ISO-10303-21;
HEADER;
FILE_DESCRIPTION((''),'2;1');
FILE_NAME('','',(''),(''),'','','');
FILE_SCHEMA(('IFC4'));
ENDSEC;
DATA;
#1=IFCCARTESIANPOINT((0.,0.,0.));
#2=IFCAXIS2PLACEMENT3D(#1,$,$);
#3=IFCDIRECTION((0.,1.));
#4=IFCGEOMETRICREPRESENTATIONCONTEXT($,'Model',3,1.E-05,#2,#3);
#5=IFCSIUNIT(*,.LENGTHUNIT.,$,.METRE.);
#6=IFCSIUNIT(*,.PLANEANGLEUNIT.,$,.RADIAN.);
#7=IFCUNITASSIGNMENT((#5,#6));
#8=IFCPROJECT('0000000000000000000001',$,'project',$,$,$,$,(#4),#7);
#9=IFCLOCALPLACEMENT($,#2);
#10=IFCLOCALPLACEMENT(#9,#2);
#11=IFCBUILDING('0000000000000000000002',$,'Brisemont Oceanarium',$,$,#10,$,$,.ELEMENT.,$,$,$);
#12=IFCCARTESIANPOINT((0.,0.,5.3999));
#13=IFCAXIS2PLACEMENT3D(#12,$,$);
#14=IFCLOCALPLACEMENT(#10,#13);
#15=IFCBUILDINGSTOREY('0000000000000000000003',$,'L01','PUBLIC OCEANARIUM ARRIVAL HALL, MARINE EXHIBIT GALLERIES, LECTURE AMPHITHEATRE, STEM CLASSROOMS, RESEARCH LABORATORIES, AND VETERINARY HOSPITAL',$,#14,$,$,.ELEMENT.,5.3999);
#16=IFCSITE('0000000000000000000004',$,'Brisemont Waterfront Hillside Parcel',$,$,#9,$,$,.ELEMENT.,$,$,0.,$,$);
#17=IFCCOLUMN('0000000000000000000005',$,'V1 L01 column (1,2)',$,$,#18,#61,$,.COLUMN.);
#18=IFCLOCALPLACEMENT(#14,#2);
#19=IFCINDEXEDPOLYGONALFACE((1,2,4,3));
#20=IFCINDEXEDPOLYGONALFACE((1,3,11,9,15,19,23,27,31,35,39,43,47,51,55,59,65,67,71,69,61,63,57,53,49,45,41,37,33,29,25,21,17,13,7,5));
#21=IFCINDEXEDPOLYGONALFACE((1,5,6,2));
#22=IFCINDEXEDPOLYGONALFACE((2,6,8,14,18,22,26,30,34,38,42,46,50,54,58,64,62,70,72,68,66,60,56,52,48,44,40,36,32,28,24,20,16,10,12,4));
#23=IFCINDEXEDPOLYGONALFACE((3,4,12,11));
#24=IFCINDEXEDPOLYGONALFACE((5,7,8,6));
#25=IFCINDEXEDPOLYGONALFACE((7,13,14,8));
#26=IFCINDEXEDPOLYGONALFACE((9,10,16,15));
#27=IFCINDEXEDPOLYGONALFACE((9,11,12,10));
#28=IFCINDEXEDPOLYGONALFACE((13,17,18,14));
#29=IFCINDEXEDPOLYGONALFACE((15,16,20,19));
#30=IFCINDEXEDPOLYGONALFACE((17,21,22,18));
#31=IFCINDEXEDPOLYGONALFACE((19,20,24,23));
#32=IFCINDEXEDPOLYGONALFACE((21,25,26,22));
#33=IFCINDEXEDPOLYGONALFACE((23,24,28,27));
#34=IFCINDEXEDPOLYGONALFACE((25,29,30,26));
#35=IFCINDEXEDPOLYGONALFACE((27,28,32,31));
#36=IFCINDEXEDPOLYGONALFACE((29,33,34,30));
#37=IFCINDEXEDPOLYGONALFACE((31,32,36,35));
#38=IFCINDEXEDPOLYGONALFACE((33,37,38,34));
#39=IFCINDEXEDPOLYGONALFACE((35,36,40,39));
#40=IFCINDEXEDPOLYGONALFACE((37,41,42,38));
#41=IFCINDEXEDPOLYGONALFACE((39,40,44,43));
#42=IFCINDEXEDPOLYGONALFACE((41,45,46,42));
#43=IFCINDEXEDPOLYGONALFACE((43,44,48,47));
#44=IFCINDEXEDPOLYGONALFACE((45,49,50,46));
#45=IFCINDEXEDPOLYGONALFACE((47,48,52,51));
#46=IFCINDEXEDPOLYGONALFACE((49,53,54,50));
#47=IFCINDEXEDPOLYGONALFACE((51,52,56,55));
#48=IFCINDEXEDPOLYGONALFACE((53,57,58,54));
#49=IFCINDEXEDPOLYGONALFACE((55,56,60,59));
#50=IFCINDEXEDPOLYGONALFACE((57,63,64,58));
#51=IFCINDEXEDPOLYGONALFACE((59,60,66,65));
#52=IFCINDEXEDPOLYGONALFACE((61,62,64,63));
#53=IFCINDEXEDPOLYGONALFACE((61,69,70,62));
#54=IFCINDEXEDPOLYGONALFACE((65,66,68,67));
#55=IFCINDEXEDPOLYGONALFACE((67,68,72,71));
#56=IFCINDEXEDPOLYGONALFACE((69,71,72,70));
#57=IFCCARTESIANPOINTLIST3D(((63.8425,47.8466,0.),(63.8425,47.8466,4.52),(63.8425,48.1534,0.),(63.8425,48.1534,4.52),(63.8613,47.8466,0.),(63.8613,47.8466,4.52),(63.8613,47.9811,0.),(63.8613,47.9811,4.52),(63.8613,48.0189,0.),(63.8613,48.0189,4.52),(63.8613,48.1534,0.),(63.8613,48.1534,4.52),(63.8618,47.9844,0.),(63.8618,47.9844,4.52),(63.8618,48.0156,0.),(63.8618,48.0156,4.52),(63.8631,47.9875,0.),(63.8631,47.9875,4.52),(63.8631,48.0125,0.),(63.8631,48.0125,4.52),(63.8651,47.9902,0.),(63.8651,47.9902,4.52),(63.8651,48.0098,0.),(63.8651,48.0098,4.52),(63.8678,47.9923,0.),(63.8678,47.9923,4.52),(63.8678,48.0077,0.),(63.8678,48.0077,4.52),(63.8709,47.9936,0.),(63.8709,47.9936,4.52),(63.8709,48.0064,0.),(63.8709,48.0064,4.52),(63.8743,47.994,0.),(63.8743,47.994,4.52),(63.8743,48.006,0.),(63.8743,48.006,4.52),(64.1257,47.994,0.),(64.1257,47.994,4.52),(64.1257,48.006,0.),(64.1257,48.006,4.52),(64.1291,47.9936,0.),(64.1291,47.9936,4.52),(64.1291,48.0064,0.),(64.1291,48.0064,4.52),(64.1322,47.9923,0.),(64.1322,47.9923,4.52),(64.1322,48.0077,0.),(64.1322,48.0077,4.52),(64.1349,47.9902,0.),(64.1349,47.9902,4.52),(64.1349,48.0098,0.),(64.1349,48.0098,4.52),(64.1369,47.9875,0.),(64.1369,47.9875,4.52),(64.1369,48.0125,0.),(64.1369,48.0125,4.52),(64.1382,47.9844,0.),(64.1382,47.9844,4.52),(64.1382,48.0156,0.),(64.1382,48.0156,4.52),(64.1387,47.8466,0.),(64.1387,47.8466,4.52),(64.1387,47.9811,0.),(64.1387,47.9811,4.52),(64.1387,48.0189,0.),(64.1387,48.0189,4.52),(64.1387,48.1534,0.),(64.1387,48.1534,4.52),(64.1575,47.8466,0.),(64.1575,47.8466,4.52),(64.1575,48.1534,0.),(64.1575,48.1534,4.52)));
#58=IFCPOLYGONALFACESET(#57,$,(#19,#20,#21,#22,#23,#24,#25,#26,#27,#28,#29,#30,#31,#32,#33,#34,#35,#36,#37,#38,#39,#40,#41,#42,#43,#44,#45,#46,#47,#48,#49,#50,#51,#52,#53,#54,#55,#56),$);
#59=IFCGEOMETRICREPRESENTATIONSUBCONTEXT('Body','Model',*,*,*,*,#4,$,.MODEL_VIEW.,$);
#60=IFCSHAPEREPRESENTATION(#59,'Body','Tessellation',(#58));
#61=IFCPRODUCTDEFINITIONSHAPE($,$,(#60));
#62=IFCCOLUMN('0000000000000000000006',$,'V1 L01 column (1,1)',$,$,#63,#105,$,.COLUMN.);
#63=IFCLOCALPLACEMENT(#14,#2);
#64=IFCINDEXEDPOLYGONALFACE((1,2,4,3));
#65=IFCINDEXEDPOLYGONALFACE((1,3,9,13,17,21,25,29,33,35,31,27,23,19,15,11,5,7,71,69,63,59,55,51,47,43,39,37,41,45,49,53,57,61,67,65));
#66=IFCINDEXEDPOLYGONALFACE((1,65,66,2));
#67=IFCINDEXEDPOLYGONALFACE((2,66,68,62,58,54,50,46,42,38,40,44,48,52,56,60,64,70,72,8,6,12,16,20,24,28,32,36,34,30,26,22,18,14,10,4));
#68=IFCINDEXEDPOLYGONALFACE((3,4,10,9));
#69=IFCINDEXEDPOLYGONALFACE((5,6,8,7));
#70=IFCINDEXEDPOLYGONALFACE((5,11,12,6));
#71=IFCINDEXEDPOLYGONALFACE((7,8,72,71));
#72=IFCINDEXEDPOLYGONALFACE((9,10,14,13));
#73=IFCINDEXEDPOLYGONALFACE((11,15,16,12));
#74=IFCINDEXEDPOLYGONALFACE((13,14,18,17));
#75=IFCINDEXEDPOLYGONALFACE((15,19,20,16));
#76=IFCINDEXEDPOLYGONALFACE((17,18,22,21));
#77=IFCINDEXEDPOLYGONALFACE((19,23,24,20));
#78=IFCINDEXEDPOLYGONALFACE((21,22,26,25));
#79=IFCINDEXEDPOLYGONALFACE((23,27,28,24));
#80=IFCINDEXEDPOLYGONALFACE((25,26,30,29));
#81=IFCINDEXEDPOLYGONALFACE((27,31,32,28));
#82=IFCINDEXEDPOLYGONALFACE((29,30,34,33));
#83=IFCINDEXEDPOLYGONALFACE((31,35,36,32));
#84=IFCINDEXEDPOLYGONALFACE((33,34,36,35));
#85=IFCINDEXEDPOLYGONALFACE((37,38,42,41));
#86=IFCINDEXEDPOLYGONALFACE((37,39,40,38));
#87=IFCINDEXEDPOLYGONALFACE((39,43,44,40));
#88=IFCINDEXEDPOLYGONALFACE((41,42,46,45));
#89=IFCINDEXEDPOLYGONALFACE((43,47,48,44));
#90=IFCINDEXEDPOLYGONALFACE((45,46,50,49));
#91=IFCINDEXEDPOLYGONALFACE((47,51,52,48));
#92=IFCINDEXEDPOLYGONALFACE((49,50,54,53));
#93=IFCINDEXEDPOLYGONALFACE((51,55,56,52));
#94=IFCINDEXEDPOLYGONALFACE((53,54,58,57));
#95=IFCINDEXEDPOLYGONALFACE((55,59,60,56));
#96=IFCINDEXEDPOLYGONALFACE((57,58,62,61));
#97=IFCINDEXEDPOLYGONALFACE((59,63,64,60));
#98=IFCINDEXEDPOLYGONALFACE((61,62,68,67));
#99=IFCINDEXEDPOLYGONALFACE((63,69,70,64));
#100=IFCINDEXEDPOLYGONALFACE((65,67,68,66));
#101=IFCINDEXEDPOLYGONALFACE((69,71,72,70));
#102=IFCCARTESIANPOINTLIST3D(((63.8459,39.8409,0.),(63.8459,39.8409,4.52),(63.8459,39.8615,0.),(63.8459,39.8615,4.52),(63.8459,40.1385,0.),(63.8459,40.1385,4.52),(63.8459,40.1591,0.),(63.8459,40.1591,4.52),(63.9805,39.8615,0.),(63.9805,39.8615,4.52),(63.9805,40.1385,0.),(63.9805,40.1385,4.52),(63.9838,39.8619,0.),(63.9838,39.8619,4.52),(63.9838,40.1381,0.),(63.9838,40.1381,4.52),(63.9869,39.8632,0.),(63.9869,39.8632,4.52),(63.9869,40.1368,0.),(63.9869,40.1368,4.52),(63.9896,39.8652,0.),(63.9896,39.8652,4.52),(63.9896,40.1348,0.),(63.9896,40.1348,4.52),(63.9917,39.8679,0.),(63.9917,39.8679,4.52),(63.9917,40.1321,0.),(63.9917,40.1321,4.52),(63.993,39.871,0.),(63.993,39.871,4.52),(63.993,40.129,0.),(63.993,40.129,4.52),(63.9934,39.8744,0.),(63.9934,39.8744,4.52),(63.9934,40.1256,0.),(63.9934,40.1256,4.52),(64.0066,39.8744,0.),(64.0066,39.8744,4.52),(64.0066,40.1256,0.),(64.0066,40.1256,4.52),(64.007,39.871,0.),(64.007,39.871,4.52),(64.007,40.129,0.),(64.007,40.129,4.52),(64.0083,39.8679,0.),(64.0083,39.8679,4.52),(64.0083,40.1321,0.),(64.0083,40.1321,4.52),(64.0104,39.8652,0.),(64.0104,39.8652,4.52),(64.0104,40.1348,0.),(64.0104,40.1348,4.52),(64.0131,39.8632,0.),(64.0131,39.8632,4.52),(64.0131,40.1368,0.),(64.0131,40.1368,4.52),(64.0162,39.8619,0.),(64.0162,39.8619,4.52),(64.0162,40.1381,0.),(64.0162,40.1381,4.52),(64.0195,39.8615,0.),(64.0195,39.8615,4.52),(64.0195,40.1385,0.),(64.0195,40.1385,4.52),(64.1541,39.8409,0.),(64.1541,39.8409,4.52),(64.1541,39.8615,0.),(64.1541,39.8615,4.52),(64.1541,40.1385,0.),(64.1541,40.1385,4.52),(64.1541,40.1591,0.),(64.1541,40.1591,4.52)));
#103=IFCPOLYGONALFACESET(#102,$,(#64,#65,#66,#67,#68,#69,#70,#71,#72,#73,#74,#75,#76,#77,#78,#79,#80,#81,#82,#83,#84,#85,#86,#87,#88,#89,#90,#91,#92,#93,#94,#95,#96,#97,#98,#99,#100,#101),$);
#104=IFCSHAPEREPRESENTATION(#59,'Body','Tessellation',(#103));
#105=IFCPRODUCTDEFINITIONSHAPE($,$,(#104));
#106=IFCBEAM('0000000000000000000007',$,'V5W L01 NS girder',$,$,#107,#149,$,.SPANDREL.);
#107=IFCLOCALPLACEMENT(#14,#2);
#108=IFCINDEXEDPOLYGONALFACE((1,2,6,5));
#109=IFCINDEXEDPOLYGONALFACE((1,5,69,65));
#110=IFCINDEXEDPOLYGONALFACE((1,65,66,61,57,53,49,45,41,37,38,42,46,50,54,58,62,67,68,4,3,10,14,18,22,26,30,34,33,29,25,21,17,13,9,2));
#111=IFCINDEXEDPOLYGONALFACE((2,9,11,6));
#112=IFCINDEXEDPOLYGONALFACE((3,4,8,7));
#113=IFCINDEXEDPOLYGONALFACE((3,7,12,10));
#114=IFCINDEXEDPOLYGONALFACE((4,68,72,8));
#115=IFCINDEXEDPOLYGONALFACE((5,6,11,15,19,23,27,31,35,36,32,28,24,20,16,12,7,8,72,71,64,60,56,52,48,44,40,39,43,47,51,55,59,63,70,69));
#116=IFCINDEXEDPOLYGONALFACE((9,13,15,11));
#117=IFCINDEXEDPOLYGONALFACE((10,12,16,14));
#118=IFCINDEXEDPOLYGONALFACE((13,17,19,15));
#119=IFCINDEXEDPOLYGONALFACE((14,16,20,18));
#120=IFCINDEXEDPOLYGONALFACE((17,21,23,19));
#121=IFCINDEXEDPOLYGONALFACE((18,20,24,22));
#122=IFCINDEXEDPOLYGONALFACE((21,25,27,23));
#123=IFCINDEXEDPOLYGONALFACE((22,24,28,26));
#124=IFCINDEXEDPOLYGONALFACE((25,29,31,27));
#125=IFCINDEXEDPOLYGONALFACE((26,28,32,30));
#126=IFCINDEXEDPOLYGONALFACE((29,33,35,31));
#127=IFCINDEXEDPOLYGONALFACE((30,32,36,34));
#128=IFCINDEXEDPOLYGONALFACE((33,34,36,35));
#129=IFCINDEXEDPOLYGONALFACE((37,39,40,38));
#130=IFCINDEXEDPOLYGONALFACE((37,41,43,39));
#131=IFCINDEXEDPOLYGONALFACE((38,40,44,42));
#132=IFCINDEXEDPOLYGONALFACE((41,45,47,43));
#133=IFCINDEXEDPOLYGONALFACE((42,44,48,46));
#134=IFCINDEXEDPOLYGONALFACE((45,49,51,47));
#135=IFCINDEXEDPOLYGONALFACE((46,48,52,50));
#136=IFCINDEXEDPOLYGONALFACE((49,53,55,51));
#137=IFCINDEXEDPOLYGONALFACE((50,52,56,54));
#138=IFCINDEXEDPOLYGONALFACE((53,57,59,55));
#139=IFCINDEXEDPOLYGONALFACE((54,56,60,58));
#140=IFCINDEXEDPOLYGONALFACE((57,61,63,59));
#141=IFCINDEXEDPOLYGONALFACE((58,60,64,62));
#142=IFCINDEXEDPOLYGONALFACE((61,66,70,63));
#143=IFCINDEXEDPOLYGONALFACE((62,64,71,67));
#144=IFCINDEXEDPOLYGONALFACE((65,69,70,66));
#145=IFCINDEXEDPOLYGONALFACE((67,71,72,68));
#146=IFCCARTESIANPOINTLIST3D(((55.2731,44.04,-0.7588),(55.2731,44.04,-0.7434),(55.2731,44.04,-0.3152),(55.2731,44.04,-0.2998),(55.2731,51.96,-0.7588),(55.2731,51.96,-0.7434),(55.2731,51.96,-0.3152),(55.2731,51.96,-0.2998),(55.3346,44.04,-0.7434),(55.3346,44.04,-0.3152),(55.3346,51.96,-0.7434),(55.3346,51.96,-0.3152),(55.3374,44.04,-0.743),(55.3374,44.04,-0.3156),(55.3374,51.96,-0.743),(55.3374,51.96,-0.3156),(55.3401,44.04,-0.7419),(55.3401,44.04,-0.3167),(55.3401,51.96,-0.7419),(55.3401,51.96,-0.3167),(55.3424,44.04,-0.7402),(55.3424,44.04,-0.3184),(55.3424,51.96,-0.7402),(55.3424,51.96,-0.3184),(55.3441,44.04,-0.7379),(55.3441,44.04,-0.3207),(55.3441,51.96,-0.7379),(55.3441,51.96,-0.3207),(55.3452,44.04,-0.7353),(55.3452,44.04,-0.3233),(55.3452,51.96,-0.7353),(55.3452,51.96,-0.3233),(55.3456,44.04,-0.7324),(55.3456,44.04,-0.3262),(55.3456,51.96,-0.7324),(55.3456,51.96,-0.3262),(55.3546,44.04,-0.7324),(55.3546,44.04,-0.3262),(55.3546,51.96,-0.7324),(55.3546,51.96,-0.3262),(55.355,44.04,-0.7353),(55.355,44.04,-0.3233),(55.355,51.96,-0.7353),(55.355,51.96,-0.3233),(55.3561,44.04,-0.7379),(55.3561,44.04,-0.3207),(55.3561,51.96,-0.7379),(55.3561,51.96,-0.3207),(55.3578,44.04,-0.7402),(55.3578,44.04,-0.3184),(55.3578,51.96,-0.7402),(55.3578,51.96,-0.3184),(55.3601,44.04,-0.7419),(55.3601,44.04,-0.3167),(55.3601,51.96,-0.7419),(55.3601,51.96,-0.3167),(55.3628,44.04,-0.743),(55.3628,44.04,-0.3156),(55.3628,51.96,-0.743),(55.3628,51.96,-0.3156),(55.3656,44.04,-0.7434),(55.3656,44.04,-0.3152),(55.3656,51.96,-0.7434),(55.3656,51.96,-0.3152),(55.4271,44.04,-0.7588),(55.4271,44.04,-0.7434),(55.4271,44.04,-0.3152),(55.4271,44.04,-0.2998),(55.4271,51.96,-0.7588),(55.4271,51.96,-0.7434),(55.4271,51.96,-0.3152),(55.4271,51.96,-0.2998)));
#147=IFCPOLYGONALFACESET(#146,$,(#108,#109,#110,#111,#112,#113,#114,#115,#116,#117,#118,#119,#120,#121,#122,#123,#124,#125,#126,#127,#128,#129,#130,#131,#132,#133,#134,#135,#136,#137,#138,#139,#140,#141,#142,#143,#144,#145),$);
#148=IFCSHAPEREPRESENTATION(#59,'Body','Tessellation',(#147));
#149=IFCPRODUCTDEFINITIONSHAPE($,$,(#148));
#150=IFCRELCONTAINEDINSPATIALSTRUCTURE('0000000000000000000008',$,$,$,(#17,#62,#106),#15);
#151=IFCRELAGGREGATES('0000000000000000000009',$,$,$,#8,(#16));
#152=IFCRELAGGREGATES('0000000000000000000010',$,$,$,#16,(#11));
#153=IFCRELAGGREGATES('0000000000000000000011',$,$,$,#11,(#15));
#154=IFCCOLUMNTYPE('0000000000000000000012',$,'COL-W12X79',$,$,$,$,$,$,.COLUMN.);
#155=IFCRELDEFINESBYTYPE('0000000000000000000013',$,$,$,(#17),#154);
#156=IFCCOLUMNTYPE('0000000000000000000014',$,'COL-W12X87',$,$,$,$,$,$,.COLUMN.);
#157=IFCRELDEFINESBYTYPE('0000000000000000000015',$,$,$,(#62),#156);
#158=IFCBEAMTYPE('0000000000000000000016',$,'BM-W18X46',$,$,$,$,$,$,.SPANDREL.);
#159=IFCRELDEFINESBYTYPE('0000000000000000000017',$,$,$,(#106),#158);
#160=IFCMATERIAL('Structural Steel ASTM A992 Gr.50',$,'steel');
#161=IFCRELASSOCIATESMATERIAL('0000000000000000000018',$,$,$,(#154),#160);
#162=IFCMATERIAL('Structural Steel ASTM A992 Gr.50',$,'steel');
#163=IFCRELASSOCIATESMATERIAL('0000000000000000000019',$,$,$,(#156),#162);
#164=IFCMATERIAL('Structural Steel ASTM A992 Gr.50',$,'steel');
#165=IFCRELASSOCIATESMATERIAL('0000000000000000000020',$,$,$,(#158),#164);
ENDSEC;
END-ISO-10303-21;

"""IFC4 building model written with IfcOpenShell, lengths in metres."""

from ifc_helpers import new_model, si_unit, direction, frame, origin, origin_2d, place, context, subcontext, project, spatial, i_section, extrude, material, material_profile, profile_set, type_object, element, save


model = new_model("IFC4")

# Units and contexts
model_context = context("Model", 3, precision=1e-05, world=origin(), true_north=direction((0.0, 1.0)))
body_context = subcontext(model_context, "Body", "Model", "MODEL_VIEW")
ifc_project = project(units=[si_unit("LENGTHUNIT", "METRE"), si_unit("PLANEANGLEUNIT", "RADIAN")], contexts=[model_context])

# Site, building, storey
site_placement = place(None, origin())
site = spatial("IfcSite", under=ifc_project, at=site_placement, Name="Brisemont Waterfront Hillside Parcel", CompositionType="ELEMENT", RefElevation=0.0)
building_placement = place(site_placement, origin())
building = spatial("IfcBuilding", under=site, at=building_placement, Name="Brisemont Oceanarium", CompositionType="ELEMENT")
storey_placement = place(building_placement, frame((0.0, 0.0, 5.3999)))
storey = spatial("IfcBuildingStorey", under=building, at=storey_placement, Name="L01", Description="PUBLIC OCEANARIUM ARRIVAL HALL, MARINE EXHIBIT GALLERIES, LECTURE AMPHITHEATRE, STEM CLASSROOMS, RESEARCH LABORATORIES, AND VETERINARY HOSPITAL", CompositionType="ELEMENT", Elevation=5.3999)

# Columns
ifc_material_1 = material(Name="Structural Steel ASTM A992 Gr.50", Category="steel")
ifc_material_profile_1 = material_profile(ifc_material_1, i_section(OverallWidth=0.3069, OverallDepth=0.3149, WebThickness=0.012, FlangeThickness=0.0188, FilletRadius=0.0129, at=origin_2d()), Name="W12X79")
ifc_profile_set_1 = profile_set([ifc_material_profile_1], Name="Structural Steel ASTM A992 Gr.50")
column_type_1 = type_object("IfcColumnType", Name="COL-W12X79", PredefinedType="COLUMN", material=ifc_profile_set_1)
column_1_placement = place(storey_placement, frame((64.0, 48.0, 0.0), z_axis=(0.0, 0.0, 1.0), x_axis=(0.0, 1.0, 0.0)))
element("IfcColumn", 1, at=column_1_placement, inside=storey, type_object=column_type_1, Name="V1 L01 column (1,2)", PredefinedType="COLUMN", context=body_context, shape_type="SweptSolid", body=[
    extrude(i_section(OverallWidth=0.3069, OverallDepth=0.3149, WebThickness=0.012, FlangeThickness=0.0188, FilletRadius=0.0129, at=origin_2d()), origin(), (0.0, 0.0, 1.0), 4.52),
])
ifc_material_2 = material(Name="Structural Steel ASTM A992 Gr.50", Category="steel")
ifc_material_profile_2 = material_profile(ifc_material_2, i_section(OverallWidth=0.3081, OverallDepth=0.3181, WebThickness=0.0132, FlangeThickness=0.0205, FilletRadius=0.0129, at=origin_2d()), Name="W12X87")
ifc_profile_set_2 = profile_set([ifc_material_profile_2], Name="Structural Steel ASTM A992 Gr.50")
column_type_2 = type_object("IfcColumnType", Name="COL-W12X87", PredefinedType="COLUMN", material=ifc_profile_set_2)
column_2_placement = place(storey_placement, frame((64.0, 40.0, 0.0), z_axis=(0.0, 0.0, 1.0), x_axis=(1.0, 0.0, 0.0)))
element("IfcColumn", 2, at=column_2_placement, inside=storey, type_object=column_type_2, Name="V1 L01 column (1,1)", PredefinedType="COLUMN", context=body_context, shape_type="SweptSolid", body=[
    extrude(i_section(OverallWidth=0.3081, OverallDepth=0.3181, WebThickness=0.0132, FlangeThickness=0.0205, FilletRadius=0.0129, at=origin_2d()), origin(), (0.0, 0.0, 1.0), 4.52),
])

# Beam
ifc_material_3 = material(Name="Structural Steel ASTM A992 Gr.50", Category="steel")
ifc_material_profile_3 = material_profile(ifc_material_3, i_section(OverallWidth=0.1541, OverallDepth=0.459, WebThickness=0.009, FlangeThickness=0.0154, FilletRadius=0.011, at=origin_2d()), Name="W18X46")
ifc_profile_set_3 = profile_set([ifc_material_profile_3], Name="Structural Steel ASTM A992 Gr.50")
beam_type_1 = type_object("IfcBeamType", Name="BM-W18X46", PredefinedType="SPANDREL", material=ifc_profile_set_3)
beam_1_placement = place(storey_placement, frame((55.3501, 44.04, -0.5293), z_axis=(0.0, 1.0, 0.0), x_axis=(-1.0, 0.0, 0.0)))
element("IfcBeam", 3, at=beam_1_placement, inside=storey, type_object=beam_type_1, Name="V5W L01 NS girder", PredefinedType="SPANDREL", context=body_context, shape_type="SweptSolid", body=[
    extrude(i_section(OverallWidth=0.1541, OverallDepth=0.459, WebThickness=0.009, FlangeThickness=0.0154, FilletRadius=0.011, at=origin_2d()), origin(), (0.0, 0.0, 1.0), 7.9199),
])

save(model, "model.ifc")
